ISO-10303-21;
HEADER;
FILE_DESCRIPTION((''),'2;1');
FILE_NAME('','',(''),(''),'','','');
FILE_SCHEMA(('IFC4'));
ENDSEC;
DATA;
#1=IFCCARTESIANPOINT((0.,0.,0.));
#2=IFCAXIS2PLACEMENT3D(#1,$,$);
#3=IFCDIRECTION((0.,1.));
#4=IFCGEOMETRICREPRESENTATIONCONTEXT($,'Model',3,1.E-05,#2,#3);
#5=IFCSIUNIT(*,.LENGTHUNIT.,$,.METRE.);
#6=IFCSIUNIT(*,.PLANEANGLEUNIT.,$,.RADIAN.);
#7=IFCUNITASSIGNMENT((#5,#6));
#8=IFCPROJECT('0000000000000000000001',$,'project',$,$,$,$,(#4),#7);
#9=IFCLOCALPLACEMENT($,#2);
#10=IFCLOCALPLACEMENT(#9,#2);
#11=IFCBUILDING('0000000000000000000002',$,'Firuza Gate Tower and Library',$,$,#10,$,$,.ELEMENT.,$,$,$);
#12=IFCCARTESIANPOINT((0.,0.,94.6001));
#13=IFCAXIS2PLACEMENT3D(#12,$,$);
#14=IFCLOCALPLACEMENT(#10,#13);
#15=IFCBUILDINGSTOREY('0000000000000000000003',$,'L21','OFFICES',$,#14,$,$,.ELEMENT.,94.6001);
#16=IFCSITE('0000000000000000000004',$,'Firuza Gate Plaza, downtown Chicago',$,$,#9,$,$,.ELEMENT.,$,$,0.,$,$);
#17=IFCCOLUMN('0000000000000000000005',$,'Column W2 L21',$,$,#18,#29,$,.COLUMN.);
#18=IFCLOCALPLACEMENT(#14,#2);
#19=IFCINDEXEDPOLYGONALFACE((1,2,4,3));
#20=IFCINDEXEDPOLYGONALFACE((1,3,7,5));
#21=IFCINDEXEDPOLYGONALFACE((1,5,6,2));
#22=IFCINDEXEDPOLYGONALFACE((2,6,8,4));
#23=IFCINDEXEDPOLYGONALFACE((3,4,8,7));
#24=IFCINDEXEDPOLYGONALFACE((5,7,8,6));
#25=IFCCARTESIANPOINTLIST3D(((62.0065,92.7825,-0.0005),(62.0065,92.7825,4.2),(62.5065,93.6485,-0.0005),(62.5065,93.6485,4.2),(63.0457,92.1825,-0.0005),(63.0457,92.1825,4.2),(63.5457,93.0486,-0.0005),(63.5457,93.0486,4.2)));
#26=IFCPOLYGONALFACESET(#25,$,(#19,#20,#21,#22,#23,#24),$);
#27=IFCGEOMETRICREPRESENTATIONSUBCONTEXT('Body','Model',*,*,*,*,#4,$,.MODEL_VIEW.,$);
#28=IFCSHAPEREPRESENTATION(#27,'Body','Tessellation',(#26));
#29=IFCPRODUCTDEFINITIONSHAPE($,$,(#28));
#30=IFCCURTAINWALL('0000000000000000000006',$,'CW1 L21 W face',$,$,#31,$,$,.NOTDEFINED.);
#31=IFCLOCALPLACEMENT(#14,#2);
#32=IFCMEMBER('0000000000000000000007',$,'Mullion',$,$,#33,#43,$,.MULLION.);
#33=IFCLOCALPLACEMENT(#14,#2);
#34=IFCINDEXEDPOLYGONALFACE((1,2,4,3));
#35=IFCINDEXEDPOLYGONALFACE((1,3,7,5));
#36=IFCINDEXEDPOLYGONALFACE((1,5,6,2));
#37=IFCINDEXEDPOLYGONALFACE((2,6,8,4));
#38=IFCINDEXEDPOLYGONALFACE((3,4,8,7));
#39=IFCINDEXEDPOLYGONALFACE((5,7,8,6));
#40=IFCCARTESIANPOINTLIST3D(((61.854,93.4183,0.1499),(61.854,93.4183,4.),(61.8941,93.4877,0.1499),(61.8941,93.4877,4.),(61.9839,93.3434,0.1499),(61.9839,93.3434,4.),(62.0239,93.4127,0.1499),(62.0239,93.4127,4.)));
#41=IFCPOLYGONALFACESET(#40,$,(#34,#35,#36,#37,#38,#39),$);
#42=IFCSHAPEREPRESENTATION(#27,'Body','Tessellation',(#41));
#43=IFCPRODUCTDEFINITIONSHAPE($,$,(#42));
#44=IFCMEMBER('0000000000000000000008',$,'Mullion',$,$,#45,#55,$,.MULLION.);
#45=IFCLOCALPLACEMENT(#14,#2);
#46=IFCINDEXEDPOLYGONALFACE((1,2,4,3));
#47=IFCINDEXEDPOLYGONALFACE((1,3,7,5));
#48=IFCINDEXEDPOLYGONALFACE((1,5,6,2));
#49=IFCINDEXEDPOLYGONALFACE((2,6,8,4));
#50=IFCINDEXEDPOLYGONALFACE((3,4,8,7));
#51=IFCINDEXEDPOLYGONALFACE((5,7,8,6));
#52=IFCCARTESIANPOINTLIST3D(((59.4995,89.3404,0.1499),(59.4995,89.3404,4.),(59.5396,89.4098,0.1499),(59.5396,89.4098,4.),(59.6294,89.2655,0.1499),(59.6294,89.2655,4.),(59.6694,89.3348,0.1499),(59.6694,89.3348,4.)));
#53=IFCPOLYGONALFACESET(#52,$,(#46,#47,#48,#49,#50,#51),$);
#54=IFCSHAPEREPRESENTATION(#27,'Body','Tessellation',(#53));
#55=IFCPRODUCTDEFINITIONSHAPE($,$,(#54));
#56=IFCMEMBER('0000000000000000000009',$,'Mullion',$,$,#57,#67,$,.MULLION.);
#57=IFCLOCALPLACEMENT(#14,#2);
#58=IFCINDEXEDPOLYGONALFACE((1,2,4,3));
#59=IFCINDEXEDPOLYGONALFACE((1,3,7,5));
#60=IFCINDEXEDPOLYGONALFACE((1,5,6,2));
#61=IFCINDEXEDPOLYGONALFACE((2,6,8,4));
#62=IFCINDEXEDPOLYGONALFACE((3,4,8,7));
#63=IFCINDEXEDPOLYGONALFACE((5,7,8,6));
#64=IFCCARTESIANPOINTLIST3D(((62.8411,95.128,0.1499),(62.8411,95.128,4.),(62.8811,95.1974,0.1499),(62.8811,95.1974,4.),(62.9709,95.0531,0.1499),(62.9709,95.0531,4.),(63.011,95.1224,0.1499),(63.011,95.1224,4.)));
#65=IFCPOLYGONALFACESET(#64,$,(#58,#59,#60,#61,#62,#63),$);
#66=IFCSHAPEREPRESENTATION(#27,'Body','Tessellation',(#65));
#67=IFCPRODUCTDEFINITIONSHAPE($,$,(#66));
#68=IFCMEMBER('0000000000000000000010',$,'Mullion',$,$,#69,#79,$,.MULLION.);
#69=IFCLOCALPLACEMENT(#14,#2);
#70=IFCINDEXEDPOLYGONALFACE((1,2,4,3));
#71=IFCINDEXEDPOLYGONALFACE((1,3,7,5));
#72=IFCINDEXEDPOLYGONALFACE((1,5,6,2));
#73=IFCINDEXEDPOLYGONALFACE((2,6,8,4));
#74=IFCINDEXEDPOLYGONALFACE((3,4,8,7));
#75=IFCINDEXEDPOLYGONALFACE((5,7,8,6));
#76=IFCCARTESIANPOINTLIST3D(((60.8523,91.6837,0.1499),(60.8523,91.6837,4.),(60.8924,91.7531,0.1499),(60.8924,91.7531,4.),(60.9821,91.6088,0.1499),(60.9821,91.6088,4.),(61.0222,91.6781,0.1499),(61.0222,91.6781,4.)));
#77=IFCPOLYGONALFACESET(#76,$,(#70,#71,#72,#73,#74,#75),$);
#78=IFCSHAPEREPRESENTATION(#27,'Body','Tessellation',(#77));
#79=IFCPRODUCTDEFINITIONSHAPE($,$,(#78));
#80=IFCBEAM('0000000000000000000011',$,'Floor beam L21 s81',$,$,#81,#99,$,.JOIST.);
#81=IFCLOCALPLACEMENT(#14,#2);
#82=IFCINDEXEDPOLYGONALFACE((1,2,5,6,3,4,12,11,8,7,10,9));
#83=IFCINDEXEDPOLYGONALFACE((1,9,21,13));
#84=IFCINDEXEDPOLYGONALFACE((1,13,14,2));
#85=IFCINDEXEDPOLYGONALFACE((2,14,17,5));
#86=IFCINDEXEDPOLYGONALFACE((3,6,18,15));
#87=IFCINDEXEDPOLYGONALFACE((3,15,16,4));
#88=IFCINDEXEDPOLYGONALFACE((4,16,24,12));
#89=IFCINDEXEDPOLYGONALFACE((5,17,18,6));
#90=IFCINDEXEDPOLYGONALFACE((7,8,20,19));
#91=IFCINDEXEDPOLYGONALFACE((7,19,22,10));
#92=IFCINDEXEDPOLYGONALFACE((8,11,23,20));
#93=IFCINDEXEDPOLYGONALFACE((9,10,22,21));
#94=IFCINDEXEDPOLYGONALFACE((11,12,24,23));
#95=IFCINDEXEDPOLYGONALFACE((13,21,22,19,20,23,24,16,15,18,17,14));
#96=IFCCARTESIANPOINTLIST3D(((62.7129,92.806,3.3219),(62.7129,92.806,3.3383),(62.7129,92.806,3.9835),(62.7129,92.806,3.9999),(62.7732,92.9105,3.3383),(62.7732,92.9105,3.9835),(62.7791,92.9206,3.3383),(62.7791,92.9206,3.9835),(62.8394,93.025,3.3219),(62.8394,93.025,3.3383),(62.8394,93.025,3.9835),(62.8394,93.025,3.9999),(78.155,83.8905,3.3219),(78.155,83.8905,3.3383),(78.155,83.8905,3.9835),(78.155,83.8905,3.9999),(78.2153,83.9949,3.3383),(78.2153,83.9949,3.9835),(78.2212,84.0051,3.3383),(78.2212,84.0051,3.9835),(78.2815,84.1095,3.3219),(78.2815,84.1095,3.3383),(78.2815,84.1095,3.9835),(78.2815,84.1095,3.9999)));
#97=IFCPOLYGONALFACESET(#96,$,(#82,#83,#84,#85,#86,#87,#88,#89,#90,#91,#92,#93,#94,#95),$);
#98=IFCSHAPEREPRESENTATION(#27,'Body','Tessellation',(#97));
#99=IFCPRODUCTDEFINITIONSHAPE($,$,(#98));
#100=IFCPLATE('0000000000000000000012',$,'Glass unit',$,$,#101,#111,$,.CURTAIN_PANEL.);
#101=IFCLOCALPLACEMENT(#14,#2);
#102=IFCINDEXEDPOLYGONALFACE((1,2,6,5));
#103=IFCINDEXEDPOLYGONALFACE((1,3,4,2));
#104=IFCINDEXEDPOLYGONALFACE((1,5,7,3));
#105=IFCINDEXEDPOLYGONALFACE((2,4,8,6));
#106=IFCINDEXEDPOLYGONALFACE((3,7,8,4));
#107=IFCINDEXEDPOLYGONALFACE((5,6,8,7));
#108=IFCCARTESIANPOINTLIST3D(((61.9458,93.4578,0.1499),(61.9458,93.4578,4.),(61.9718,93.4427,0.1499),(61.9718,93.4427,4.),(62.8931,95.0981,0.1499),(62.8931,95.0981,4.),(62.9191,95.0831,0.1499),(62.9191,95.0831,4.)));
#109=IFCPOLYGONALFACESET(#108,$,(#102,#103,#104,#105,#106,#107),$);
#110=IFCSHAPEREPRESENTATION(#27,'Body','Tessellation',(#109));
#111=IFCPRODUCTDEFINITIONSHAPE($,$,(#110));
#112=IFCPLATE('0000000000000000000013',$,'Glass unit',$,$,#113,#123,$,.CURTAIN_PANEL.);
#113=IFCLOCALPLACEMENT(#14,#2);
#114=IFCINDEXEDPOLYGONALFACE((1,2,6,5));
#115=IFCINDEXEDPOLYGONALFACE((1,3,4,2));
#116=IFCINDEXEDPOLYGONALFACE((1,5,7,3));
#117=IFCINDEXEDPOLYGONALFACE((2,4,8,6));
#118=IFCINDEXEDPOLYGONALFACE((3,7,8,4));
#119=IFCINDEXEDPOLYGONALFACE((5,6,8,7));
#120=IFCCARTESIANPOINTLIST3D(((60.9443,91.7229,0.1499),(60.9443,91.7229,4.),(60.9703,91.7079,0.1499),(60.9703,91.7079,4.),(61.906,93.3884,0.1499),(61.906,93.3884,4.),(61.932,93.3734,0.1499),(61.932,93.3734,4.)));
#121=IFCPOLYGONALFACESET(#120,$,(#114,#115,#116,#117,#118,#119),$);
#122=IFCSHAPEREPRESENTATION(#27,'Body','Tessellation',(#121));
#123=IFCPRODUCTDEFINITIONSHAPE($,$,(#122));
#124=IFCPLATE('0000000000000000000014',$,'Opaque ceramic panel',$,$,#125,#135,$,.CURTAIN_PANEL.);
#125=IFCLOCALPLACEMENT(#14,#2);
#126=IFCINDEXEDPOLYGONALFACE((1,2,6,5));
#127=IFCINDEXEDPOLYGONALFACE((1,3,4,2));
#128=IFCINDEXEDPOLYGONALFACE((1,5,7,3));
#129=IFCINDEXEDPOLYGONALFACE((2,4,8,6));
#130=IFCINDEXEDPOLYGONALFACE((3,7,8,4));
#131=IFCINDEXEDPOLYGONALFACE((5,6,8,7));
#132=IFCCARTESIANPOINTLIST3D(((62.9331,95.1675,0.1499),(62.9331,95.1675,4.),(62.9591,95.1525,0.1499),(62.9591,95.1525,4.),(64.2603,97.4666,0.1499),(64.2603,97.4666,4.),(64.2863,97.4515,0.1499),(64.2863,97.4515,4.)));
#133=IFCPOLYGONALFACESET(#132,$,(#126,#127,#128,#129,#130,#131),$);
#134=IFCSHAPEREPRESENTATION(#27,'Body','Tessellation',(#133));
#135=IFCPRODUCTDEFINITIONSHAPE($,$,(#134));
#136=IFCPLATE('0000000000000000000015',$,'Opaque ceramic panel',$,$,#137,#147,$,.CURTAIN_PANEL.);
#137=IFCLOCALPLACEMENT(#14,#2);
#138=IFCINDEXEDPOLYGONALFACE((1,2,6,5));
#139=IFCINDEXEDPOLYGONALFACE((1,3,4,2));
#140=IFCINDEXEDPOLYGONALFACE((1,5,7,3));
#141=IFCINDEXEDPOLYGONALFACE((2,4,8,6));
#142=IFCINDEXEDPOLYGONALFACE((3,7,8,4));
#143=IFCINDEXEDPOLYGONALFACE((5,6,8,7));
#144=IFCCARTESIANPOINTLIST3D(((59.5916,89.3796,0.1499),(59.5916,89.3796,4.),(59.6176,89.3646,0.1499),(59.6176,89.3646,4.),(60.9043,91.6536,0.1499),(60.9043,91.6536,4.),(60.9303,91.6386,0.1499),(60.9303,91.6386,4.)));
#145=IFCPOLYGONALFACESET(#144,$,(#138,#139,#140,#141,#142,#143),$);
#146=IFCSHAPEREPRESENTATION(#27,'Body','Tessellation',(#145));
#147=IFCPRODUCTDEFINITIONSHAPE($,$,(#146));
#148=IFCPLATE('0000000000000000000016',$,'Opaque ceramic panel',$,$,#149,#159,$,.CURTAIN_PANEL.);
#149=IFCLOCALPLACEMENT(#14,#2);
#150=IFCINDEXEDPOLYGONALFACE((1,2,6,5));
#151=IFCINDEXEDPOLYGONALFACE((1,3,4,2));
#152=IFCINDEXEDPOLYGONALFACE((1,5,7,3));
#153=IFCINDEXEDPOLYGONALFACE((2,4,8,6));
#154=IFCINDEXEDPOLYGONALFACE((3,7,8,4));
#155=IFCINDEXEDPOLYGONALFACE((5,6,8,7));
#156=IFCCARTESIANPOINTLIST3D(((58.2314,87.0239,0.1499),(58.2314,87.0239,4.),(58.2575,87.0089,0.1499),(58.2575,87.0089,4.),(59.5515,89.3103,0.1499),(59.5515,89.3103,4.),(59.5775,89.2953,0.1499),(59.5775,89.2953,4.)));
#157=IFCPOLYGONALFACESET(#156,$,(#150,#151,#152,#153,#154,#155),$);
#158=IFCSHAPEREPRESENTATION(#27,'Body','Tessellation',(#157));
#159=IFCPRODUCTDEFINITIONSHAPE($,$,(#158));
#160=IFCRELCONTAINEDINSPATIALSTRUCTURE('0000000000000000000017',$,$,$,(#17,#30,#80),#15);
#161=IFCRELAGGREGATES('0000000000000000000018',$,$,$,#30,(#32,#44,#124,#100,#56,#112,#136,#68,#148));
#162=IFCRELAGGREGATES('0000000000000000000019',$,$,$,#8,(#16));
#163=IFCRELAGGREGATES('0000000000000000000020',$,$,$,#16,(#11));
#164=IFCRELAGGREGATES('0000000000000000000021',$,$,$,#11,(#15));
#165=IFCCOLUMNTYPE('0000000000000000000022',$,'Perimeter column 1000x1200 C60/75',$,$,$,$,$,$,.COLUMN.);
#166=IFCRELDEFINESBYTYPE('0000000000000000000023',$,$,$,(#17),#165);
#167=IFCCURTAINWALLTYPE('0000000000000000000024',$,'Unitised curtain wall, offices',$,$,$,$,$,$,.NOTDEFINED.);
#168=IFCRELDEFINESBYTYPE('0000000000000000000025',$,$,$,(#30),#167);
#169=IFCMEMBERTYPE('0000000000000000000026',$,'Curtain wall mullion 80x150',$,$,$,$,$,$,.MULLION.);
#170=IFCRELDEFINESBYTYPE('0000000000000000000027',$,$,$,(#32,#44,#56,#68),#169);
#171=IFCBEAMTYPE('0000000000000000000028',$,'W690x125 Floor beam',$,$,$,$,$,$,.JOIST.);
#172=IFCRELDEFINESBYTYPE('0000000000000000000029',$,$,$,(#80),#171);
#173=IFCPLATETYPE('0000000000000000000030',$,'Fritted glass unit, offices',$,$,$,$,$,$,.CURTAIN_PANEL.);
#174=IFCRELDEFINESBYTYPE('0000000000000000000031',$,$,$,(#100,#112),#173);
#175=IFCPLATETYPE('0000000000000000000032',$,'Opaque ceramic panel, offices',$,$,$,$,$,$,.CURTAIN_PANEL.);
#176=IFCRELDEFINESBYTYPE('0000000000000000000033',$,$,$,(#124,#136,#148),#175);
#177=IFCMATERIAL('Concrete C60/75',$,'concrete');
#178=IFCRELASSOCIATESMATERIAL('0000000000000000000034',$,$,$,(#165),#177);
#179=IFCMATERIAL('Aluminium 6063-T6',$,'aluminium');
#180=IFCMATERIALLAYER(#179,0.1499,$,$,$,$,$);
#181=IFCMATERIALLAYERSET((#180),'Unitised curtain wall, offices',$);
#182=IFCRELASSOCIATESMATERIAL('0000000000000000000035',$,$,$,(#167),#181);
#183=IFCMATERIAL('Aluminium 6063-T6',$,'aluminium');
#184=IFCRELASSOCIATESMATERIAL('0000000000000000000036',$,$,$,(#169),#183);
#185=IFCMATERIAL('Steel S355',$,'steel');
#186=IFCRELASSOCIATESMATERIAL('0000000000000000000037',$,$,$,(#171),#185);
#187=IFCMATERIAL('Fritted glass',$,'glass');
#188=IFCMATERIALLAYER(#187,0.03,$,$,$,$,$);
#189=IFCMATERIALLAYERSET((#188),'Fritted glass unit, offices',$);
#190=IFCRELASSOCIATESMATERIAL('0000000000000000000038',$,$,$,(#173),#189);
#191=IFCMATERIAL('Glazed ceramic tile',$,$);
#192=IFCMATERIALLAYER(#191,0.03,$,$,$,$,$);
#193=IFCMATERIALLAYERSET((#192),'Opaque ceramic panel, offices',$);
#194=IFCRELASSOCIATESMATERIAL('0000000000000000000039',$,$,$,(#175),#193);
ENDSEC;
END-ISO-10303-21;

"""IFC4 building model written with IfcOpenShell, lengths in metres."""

from ifc_helpers import new_model, si_unit, direction, frame, origin, origin_2d, place, context, subcontext, project, spatial, polyline, rectangle, i_section, outline, extrude, material, layer, layer_set, material_profile, profile_set, type_object, element, aggregate, save


model = new_model("IFC4")

# Units and contexts
model_context = context("Model", 3, precision=1e-05, world=origin(), true_north=direction((0.0, 1.0)))
body_context = subcontext(model_context, "Body", "Model", "MODEL_VIEW")
ifc_project = project(units=[si_unit("LENGTHUNIT", "METRE"), si_unit("PLANEANGLEUNIT", "RADIAN")], contexts=[model_context])

# Site, building, storey
site_placement = place(None, origin())
site = spatial("IfcSite", under=ifc_project, at=site_placement, Name="Firuza Gate Plaza, downtown Chicago", CompositionType="ELEMENT", RefElevation=0.0)
building_placement = place(site_placement, origin())
building = spatial("IfcBuilding", under=site, at=building_placement, Name="Firuza Gate Tower and Library", CompositionType="ELEMENT")
storey_placement = place(building_placement, frame((0.0, 0.0, 94.6001)))
storey = spatial("IfcBuildingStorey", under=building, at=storey_placement, Name="L21", Description="OFFICES", CompositionType="ELEMENT", Elevation=94.6001)

# Column
ifc_material_1 = material(Name="Concrete C60/75", Category="concrete")
ifc_material_profile_1 = material_profile(ifc_material_1, rectangle(XDim=1.0, YDim=1.2, at=origin_2d()))
ifc_profile_set_1 = profile_set([ifc_material_profile_1], Name="Concrete C60/75")
column_type = type_object("IfcColumnType", Name="Perimeter column 1000x1200 C60/75", PredefinedType="COLUMN", material=ifc_profile_set_1)
column_placement = place(storey_placement, frame((62.7761, 92.9155, -0.0005), z_axis=(0.0, 0.0, 1.0), x_axis=(-0.5, -0.866025, 0.0)))
element("IfcColumn", 1, at=column_placement, inside=storey, type_object=column_type, Name="Column W2 L21", PredefinedType="COLUMN", context=body_context, shape_type="SweptSolid", body=[
    extrude(rectangle(XDim=1.0, YDim=1.2, at=origin_2d()), origin(), (0.0, 0.0, 1.0), 4.2004),
])

# Curtain wall, members
ifc_material_2 = material(Name="Aluminium 6063-T6", Category="aluminium")
ifc_layer_1 = layer(ifc_material_2, 0.1499)
ifc_layer_set_1 = layer_set([ifc_layer_1], Name="Unitised curtain wall, offices")
curtain_wall_type = type_object("IfcCurtainWallType", Name="Unitised curtain wall, offices", PredefinedType="NOTDEFINED", material=ifc_layer_set_1)
placement = place(storey_placement, origin())
curtain_wall = element("IfcCurtainWall", 2, at=placement, inside=storey, type_object=curtain_wall_type, Name="CW1 L21 W face", PredefinedType="NOTDEFINED")
ifc_material_3 = material(Name="Aluminium 6063-T6", Category="aluminium")
ifc_material_profile_2 = material_profile(ifc_material_3, rectangle(XDim=0.1499, YDim=0.0801, at=origin_2d()))
ifc_profile_set_2 = profile_set([ifc_material_profile_2], Name="Aluminium 6063-T6")
member_type = type_object("IfcMemberType", Name="Curtain wall mullion 80x150", PredefinedType="MULLION", material=ifc_profile_set_2)
member_1_placement = place(storey_placement, frame((61.939, 93.4155, 0.1499), z_axis=(0.0, 0.0, 1.0), x_axis=(0.866025, -0.5, 0.0)))
member_1 = element("IfcMember", 3, at=member_1_placement, type_object=member_type, Name="Mullion", PredefinedType="MULLION", context=body_context, shape_type="SweptSolid", body=[
    extrude(rectangle(XDim=0.1499, YDim=0.0801, at=origin_2d()), origin(), (0.0, 0.0, 1.0), 3.8501),
])
member_2_placement = place(storey_placement, frame((59.5845, 89.3376, 0.1499), z_axis=(0.0, 0.0, 1.0), x_axis=(0.866025, -0.5, 0.0)))
member_2 = element("IfcMember", 4, at=member_2_placement, type_object=member_type, Name="Mullion", PredefinedType="MULLION", context=body_context, shape_type="SweptSolid", body=[
    extrude(rectangle(XDim=0.1499, YDim=0.0801, at=origin_2d()), origin(), (0.0, 0.0, 1.0), 3.8501),
])
member_3_placement = place(storey_placement, frame((62.926, 95.1252, 0.1499), z_axis=(0.0, 0.0, 1.0), x_axis=(0.866025, -0.5, 0.0)))
member_3 = element("IfcMember", 5, at=member_3_placement, type_object=member_type, Name="Mullion", PredefinedType="MULLION", context=body_context, shape_type="SweptSolid", body=[
    extrude(rectangle(XDim=0.1499, YDim=0.0801, at=origin_2d()), origin(), (0.0, 0.0, 1.0), 3.8501),
])
member_4_placement = place(storey_placement, frame((60.9373, 91.6809, 0.1499), z_axis=(0.0, 0.0, 1.0), x_axis=(0.866025, -0.5, 0.0)))
member_4 = element("IfcMember", 6, at=member_4_placement, type_object=member_type, Name="Mullion", PredefinedType="MULLION", context=body_context, shape_type="SweptSolid", body=[
    extrude(rectangle(XDim=0.1499, YDim=0.0801, at=origin_2d()), origin(), (0.0, 0.0, 1.0), 3.8501),
])

# Beam
ifc_material_4 = material(Name="Steel S355", Category="steel")
ifc_material_profile_3 = material_profile(ifc_material_4, i_section(OverallWidth=0.2529, OverallDepth=0.678, WebThickness=0.0117, FlangeThickness=0.0164, at=origin_2d()))
ifc_profile_set_3 = profile_set([ifc_material_profile_3], Name="Steel S355")
beam_type = type_object("IfcBeamType", Name="W690x125 Floor beam", PredefinedType="JOIST", material=ifc_profile_set_3)
beam_placement = place(storey_placement, frame((62.7761, 92.9155, 3.6609), z_axis=(0.866025, -0.5, 0.0), x_axis=(0.5, 0.866025, 0.0)))
element("IfcBeam", 7, at=beam_placement, inside=storey, type_object=beam_type, Name="Floor beam L21 s81", PredefinedType="JOIST", context=body_context, shape_type="SweptSolid", body=[
    extrude(i_section(OverallWidth=0.2529, OverallDepth=0.678, WebThickness=0.0117, FlangeThickness=0.0164, at=origin_2d()), origin(), (0.0, 0.0, 1.0), 17.8311),
])

# Plates
ifc_material_5 = material(Name="Fritted glass", Category="glass")
ifc_layer_2 = layer(ifc_material_5, 0.03)
ifc_layer_set_2 = layer_set([ifc_layer_2], Name="Fritted glass unit, offices")
plate_type_1 = type_object("IfcPlateType", Name="Fritted glass unit, offices", PredefinedType="CURTAIN_PANEL", material=ifc_layer_set_2)
plate_1_placement = place(storey_placement, frame((62.8931, 95.0981, 0.1499), z_axis=(-0.865982, 0.500076, 0.0), x_axis=(-0.500076, -0.865982, 0.0)))
plate_1 = element("IfcPlate", 8, at=plate_1_placement, type_object=plate_type_1, Name="Glass unit", PredefinedType="CURTAIN_PANEL", context=body_context, shape_type="SweptSolid", body=[
    extrude(outline(polyline([(0.0, 0.0), (1.8942, 0.0), (1.8942, 3.8501), (0.0, 3.8501), (0.0, 0.0)])), origin(), (0.0, 0.0, -1.0), 0.03),
])
plate_2_placement = place(storey_placement, frame((61.906, 93.3884, 0.1499), z_axis=(-0.866008, 0.50003, 0.0), x_axis=(-0.50003, -0.866008, 0.0)))
plate_2 = element("IfcPlate", 9, at=plate_2_placement, type_object=plate_type_1, Name="Glass unit", PredefinedType="CURTAIN_PANEL", context=body_context, shape_type="SweptSolid", body=[
    extrude(outline(polyline([(0.0, 0.0), (1.9232, 0.0), (1.9232, 3.8501), (0.0, 3.8501), (0.0, 0.0)])), origin(), (0.0, 0.0, -1.0), 0.03),
])
ifc_material_6 = material(Name="Glazed ceramic tile")
ifc_layer_3 = layer(ifc_material_6, 0.03)
ifc_layer_set_3 = layer_set([ifc_layer_3], Name="Opaque ceramic panel, offices")
plate_type_2 = type_object("IfcPlateType", Name="Opaque ceramic panel, offices", PredefinedType="CURTAIN_PANEL", material=ifc_layer_set_3)
plate_3_placement = place(storey_placement, frame((64.2603, 97.4666, 0.1499), z_axis=(-0.866062, 0.499937, 0.0), x_axis=(-0.499937, -0.866062, 0.0)))
plate_3 = element("IfcPlate", 10, at=plate_3_placement, type_object=plate_type_2, Name="Opaque ceramic panel", PredefinedType="CURTAIN_PANEL", context=body_context, shape_type="SweptSolid", body=[
    extrude(outline(polyline([(0.0, 0.0), (2.6546, 0.0), (2.6546, 3.8501), (0.0, 3.8501), (0.0, 0.0)])), origin(), (0.0, 0.0, -1.0), 0.03),
])
plate_4_placement = place(storey_placement, frame((60.9043, 91.6536, 0.1499), z_axis=(-0.866043, 0.499969, 0.0), x_axis=(-0.499969, -0.866043, 0.0)))
plate_4 = element("IfcPlate", 11, at=plate_4_placement, type_object=plate_type_2, Name="Opaque ceramic panel", PredefinedType="CURTAIN_PANEL", context=body_context, shape_type="SweptSolid", body=[
    extrude(outline(polyline([(0.0, 0.0), (2.6256, 0.0), (2.6256, 3.8501), (0.0, 3.8501), (0.0, 0.0)])), origin(), (0.0, 0.0, -1.0), 0.03),
])
plate_5_placement = place(storey_placement, frame((59.5515, 89.3103, 0.1499), z_axis=(-0.866021, 0.500008, 0.0), x_axis=(-0.500008, -0.866021, 0.0)))
plate_5 = element("IfcPlate", 12, at=plate_5_placement, type_object=plate_type_2, Name="Opaque ceramic panel", PredefinedType="CURTAIN_PANEL", context=body_context, shape_type="SweptSolid", body=[
    extrude(outline(polyline([(0.0, 0.0), (2.6401, 0.0), (2.6401, 3.8501), (0.0, 3.8501), (0.0, 0.0)])), origin(), (0.0, 0.0, -1.0), 0.03),
])
aggregate(curtain_wall, [member_1, member_2, plate_3, plate_1, member_3, plate_2, plate_4, member_4, plate_5])

save(model, "model.ifc")
